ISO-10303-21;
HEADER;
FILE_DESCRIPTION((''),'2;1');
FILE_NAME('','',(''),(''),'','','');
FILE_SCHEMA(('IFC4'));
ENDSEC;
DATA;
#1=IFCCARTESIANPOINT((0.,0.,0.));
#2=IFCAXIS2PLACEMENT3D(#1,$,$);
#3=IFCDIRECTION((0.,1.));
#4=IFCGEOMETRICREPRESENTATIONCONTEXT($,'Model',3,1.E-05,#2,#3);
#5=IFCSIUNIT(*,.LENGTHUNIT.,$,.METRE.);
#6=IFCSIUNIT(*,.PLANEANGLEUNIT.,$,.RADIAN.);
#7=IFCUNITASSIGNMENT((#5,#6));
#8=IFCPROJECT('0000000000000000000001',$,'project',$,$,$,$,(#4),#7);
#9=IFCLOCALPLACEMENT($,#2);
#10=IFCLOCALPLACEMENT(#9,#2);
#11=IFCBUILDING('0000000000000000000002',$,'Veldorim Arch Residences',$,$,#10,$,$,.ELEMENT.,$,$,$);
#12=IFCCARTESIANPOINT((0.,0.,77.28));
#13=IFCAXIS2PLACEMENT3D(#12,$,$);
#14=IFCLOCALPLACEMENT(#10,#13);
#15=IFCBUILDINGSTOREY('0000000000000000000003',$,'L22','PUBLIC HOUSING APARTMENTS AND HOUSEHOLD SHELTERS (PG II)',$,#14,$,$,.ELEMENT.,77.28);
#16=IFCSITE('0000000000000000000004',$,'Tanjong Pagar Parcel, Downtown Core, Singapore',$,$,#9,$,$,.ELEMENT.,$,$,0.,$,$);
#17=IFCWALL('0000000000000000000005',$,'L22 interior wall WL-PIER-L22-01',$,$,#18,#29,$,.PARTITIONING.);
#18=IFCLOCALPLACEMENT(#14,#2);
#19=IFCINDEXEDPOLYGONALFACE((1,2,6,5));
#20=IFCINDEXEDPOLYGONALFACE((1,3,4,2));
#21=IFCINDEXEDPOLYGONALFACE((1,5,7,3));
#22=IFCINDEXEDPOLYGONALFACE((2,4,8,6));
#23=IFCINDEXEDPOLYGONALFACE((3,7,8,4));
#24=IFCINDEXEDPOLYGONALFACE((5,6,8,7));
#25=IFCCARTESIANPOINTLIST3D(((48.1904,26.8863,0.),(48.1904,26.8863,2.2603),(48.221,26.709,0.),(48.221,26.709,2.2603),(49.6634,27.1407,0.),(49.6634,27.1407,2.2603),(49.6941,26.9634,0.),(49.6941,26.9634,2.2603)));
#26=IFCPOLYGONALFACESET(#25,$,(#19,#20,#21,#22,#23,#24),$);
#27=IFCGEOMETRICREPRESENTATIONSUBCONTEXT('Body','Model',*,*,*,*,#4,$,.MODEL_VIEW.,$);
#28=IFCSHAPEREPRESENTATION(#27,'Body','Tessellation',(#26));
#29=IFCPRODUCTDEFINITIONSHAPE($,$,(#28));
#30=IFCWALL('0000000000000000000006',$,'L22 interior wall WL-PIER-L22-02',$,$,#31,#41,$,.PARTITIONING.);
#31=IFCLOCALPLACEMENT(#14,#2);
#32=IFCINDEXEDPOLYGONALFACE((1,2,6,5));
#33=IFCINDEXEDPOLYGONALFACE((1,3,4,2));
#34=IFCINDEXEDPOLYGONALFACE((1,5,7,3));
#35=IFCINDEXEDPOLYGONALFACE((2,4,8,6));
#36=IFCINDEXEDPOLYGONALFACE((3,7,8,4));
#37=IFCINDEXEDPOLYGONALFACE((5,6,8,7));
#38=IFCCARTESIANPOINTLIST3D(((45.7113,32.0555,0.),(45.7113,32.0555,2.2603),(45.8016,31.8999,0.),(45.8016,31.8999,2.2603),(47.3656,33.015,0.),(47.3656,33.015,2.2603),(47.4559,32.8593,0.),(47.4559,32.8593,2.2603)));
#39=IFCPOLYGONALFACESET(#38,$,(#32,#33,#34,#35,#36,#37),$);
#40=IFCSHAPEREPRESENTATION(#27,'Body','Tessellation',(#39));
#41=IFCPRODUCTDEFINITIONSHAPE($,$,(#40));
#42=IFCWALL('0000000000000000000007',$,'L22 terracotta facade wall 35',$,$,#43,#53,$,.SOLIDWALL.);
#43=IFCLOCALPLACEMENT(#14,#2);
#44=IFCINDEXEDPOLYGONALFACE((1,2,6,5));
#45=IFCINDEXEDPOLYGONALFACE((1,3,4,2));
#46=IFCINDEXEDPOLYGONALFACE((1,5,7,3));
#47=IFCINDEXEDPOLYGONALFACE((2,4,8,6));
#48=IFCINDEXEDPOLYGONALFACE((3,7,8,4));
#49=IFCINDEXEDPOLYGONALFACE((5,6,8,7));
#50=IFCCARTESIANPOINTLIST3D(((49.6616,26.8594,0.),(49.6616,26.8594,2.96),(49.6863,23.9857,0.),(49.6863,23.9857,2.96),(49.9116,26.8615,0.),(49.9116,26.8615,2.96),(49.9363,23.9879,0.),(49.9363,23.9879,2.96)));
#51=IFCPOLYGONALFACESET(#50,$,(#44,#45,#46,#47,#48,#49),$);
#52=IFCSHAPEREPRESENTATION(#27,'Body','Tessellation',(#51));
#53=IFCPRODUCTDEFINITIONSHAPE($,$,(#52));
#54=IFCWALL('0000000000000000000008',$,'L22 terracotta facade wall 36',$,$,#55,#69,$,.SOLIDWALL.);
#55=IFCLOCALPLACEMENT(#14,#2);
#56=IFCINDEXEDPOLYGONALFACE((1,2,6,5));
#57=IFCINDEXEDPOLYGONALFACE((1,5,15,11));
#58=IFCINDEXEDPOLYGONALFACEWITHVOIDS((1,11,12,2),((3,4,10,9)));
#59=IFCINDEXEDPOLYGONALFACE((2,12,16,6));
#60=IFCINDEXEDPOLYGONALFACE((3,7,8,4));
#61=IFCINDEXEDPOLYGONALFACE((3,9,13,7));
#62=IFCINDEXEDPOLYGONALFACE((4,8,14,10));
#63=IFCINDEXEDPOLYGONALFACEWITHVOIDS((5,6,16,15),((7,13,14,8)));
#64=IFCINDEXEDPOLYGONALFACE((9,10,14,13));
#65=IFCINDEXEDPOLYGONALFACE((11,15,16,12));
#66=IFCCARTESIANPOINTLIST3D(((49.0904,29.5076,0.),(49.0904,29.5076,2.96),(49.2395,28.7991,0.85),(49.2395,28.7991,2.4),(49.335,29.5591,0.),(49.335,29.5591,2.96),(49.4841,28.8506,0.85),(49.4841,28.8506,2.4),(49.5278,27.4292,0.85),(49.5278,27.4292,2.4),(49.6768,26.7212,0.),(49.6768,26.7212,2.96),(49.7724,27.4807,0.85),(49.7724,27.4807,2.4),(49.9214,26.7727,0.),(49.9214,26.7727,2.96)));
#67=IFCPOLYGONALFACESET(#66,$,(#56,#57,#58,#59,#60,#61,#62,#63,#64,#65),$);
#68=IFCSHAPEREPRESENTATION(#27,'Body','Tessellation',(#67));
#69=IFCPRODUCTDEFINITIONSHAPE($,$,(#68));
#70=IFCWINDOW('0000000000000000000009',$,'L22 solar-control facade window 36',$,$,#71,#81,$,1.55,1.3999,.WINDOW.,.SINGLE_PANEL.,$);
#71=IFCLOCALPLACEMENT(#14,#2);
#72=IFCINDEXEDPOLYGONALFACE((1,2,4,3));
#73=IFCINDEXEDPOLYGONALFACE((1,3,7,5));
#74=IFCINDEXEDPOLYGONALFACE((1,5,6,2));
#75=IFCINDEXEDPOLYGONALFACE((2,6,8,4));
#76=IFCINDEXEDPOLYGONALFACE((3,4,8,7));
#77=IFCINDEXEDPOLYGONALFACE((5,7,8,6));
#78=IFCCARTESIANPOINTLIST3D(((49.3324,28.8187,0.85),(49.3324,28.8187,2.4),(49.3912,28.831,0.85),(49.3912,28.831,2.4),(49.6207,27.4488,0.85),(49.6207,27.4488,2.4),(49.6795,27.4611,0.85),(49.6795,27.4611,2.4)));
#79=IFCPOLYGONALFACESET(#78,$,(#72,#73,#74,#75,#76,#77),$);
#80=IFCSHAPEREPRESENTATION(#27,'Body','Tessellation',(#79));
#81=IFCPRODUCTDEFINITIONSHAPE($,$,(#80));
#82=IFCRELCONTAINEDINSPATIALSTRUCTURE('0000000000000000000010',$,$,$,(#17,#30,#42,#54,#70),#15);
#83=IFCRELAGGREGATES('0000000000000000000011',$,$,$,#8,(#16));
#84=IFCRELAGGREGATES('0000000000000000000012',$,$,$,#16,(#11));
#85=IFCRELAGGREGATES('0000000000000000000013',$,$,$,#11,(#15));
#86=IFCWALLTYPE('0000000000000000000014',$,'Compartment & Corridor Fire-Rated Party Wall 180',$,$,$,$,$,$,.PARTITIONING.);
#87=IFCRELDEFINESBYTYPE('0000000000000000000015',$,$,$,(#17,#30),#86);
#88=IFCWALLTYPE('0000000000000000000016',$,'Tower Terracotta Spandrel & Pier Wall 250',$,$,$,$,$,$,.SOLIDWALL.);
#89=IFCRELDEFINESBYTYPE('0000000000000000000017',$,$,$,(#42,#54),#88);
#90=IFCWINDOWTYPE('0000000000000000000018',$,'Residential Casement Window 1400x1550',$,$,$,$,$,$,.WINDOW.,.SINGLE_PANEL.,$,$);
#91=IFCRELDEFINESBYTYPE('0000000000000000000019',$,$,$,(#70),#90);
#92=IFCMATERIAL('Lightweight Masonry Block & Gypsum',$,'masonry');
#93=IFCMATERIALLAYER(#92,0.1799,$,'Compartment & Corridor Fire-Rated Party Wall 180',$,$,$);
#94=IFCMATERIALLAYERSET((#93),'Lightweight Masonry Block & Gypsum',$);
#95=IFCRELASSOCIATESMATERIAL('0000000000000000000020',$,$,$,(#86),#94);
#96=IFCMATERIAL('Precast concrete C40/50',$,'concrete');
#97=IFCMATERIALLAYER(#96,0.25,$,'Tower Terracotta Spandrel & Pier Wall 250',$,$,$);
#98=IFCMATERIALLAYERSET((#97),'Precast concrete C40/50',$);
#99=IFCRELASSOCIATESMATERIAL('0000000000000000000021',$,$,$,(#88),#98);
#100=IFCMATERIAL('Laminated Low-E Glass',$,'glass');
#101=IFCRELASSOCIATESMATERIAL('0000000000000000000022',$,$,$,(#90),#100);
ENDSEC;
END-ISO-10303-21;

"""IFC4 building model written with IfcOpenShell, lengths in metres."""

from ifc_helpers import new_model, si_unit, direction, frame, frame_2d, origin, place, context, subcontext, project, spatial, rectangle, extrude, material, layer, layer_set, type_object, element, fill, save


model = new_model("IFC4")

# Units and contexts
model_context = context("Model", 3, precision=1e-05, world=origin(), true_north=direction((0.0, 1.0)))
body_context = subcontext(model_context, "Body", "Model", "MODEL_VIEW")
ifc_project = project(units=[si_unit("LENGTHUNIT", "METRE"), si_unit("PLANEANGLEUNIT", "RADIAN")], contexts=[model_context])

# Site, building, storey
site_placement = place(None, origin())
site = spatial("IfcSite", under=ifc_project, at=site_placement, Name="Tanjong Pagar Parcel, Downtown Core, Singapore", CompositionType="ELEMENT", RefElevation=0.0)
building_placement = place(site_placement, origin())
building = spatial("IfcBuilding", under=site, at=building_placement, Name="Veldorim Arch Residences", CompositionType="ELEMENT")
storey_placement = place(building_placement, frame((0.0, 0.0, 77.28)))
storey = spatial("IfcBuildingStorey", under=building, at=storey_placement, Name="L22", Description="PUBLIC HOUSING APARTMENTS AND HOUSEHOLD SHELTERS (PG II)", CompositionType="ELEMENT", Elevation=77.28)

# Walls
ifc_material_1 = material(Name="Lightweight Masonry Block & Gypsum", Category="masonry")
ifc_layer_1 = layer(ifc_material_1, 0.1799, Name="Compartment & Corridor Fire-Rated Party Wall 180")
ifc_layer_set_1 = layer_set([ifc_layer_1], Name="Lightweight Masonry Block & Gypsum")
wall_type_1 = type_object("IfcWallType", Name="Compartment & Corridor Fire-Rated Party Wall 180", PredefinedType="PARTITIONING", material=ifc_layer_set_1)
wall_1_placement = place(storey_placement, frame((48.2056, 26.7976, 0.0), z_axis=(0.0, 0.0, 1.0), x_axis=(0.985415, 0.170169, 0.0)))
element("IfcWall", 1, at=wall_1_placement, inside=storey, type_object=wall_type_1, Name="L22 interior wall WL-PIER-L22-01", PredefinedType="PARTITIONING", context=body_context, shape_type="SweptSolid", body=[
    extrude(rectangle(XDim=1.4949, YDim=0.1799, at=frame_2d((0.7476, 0.0))), origin(), (0.0, 0.0, 1.0), 2.2603),
])
wall_2_placement = place(storey_placement, frame((45.7566, 31.9778, 0.0), z_axis=(0.0, 0.0, 1.0), x_axis=(0.865036, 0.50171, 0.0)))
element("IfcWall", 2, at=wall_2_placement, inside=storey, type_object=wall_type_1, Name="L22 interior wall WL-PIER-L22-02", PredefinedType="PARTITIONING", context=body_context, shape_type="SweptSolid", body=[
    extrude(rectangle(XDim=1.9124, YDim=0.1799, at=frame_2d((0.9561, 0.0))), origin(), (0.0, 0.0, 1.0), 2.2603),
])
ifc_material_2 = material(Name="Precast concrete C40/50", Category="concrete")
ifc_layer_2 = layer(ifc_material_2, 0.25, Name="Tower Terracotta Spandrel & Pier Wall 250")
ifc_layer_set_2 = layer_set([ifc_layer_2], Name="Precast concrete C40/50")
wall_type_2 = type_object("IfcWallType", Name="Tower Terracotta Spandrel & Pier Wall 250", PredefinedType="SOLIDWALL", material=ifc_layer_set_2)
wall_3_placement = place(storey_placement, frame((49.7866, 26.8606, 0.0), z_axis=(0.0, 0.0, 1.0), x_axis=(0.00858, -0.999963, 0.0)))
element("IfcWall", 3, at=wall_3_placement, inside=storey, type_object=wall_type_2, Name="L22 terracotta facade wall 35", PredefinedType="SOLIDWALL", context=body_context, shape_type="SweptSolid", body=[
    extrude(rectangle(XDim=2.8738, YDim=0.25, at=frame_2d((1.437, 0.0))), origin(), (0.0, 0.0, 1.0), 2.96),
])

# Wall, opening, window
wall_4_placement = place(storey_placement, frame((49.2126, 29.5334, 0.0), z_axis=(0.0, 0.0, 1.0), x_axis=(0.20595, -0.978563, 0.0)))
wall_4 = element("IfcWall", 4, at=wall_4_placement, inside=storey, type_object=wall_type_2, Name="L22 terracotta facade wall 36", PredefinedType="SOLIDWALL", context=body_context, shape_type="SweptSolid", body=[
    extrude(rectangle(XDim=2.8474, YDim=0.25, at=frame_2d((1.4238, 0.0))), origin(), (0.0, 0.0, 1.0), 2.96),
])
opening_1_placement = place(wall_4_placement, frame((0.7241, 0.0, 0.8501)))
opening_1 = element("IfcOpeningElement", 5, at=opening_1_placement, cuts=wall_4, PredefinedType="OPENING", context=body_context, shape_type="SweptSolid", body=[
    extrude(rectangle(XDim=1.3999, YDim=1.55, at=frame_2d((0.7, 0.7749))), frame((0.0, 0.135, 0.0), z_axis=(0.0, -1.0, 0.0), x_axis=(1.0, 0.0, 0.0)), (0.0, 0.0, 1.0), 0.27),
])
ifc_material_3 = material(Name="Laminated Low-E Glass", Category="glass")
window_type = type_object("IfcWindowType", Name="Residential Casement Window 1400x1550", PartitioningType="SINGLE_PANEL", PredefinedType="WINDOW", material=ifc_material_3)
window_placement = place(opening_1_placement, origin())
window = element("IfcWindow", 6, at=window_placement, inside=storey, type_object=window_type, Name="L22 solar-control facade window 36", OverallHeight=1.55, OverallWidth=1.3999, PartitioningType="SINGLE_PANEL", PredefinedType="WINDOW", context=body_context, shape_type="SweptSolid", body=[
    extrude(rectangle(XDim=1.3999, YDim=1.55, at=frame_2d((0.7, 0.7749))), frame((0.0, 0.03, 0.0), z_axis=(0.0, -1.0, 0.0), x_axis=(1.0, 0.0, 0.0)), (0.0, 0.0, 1.0), 0.0601),
])
fill(opening_1, window)

save(model, "model.ifc")
